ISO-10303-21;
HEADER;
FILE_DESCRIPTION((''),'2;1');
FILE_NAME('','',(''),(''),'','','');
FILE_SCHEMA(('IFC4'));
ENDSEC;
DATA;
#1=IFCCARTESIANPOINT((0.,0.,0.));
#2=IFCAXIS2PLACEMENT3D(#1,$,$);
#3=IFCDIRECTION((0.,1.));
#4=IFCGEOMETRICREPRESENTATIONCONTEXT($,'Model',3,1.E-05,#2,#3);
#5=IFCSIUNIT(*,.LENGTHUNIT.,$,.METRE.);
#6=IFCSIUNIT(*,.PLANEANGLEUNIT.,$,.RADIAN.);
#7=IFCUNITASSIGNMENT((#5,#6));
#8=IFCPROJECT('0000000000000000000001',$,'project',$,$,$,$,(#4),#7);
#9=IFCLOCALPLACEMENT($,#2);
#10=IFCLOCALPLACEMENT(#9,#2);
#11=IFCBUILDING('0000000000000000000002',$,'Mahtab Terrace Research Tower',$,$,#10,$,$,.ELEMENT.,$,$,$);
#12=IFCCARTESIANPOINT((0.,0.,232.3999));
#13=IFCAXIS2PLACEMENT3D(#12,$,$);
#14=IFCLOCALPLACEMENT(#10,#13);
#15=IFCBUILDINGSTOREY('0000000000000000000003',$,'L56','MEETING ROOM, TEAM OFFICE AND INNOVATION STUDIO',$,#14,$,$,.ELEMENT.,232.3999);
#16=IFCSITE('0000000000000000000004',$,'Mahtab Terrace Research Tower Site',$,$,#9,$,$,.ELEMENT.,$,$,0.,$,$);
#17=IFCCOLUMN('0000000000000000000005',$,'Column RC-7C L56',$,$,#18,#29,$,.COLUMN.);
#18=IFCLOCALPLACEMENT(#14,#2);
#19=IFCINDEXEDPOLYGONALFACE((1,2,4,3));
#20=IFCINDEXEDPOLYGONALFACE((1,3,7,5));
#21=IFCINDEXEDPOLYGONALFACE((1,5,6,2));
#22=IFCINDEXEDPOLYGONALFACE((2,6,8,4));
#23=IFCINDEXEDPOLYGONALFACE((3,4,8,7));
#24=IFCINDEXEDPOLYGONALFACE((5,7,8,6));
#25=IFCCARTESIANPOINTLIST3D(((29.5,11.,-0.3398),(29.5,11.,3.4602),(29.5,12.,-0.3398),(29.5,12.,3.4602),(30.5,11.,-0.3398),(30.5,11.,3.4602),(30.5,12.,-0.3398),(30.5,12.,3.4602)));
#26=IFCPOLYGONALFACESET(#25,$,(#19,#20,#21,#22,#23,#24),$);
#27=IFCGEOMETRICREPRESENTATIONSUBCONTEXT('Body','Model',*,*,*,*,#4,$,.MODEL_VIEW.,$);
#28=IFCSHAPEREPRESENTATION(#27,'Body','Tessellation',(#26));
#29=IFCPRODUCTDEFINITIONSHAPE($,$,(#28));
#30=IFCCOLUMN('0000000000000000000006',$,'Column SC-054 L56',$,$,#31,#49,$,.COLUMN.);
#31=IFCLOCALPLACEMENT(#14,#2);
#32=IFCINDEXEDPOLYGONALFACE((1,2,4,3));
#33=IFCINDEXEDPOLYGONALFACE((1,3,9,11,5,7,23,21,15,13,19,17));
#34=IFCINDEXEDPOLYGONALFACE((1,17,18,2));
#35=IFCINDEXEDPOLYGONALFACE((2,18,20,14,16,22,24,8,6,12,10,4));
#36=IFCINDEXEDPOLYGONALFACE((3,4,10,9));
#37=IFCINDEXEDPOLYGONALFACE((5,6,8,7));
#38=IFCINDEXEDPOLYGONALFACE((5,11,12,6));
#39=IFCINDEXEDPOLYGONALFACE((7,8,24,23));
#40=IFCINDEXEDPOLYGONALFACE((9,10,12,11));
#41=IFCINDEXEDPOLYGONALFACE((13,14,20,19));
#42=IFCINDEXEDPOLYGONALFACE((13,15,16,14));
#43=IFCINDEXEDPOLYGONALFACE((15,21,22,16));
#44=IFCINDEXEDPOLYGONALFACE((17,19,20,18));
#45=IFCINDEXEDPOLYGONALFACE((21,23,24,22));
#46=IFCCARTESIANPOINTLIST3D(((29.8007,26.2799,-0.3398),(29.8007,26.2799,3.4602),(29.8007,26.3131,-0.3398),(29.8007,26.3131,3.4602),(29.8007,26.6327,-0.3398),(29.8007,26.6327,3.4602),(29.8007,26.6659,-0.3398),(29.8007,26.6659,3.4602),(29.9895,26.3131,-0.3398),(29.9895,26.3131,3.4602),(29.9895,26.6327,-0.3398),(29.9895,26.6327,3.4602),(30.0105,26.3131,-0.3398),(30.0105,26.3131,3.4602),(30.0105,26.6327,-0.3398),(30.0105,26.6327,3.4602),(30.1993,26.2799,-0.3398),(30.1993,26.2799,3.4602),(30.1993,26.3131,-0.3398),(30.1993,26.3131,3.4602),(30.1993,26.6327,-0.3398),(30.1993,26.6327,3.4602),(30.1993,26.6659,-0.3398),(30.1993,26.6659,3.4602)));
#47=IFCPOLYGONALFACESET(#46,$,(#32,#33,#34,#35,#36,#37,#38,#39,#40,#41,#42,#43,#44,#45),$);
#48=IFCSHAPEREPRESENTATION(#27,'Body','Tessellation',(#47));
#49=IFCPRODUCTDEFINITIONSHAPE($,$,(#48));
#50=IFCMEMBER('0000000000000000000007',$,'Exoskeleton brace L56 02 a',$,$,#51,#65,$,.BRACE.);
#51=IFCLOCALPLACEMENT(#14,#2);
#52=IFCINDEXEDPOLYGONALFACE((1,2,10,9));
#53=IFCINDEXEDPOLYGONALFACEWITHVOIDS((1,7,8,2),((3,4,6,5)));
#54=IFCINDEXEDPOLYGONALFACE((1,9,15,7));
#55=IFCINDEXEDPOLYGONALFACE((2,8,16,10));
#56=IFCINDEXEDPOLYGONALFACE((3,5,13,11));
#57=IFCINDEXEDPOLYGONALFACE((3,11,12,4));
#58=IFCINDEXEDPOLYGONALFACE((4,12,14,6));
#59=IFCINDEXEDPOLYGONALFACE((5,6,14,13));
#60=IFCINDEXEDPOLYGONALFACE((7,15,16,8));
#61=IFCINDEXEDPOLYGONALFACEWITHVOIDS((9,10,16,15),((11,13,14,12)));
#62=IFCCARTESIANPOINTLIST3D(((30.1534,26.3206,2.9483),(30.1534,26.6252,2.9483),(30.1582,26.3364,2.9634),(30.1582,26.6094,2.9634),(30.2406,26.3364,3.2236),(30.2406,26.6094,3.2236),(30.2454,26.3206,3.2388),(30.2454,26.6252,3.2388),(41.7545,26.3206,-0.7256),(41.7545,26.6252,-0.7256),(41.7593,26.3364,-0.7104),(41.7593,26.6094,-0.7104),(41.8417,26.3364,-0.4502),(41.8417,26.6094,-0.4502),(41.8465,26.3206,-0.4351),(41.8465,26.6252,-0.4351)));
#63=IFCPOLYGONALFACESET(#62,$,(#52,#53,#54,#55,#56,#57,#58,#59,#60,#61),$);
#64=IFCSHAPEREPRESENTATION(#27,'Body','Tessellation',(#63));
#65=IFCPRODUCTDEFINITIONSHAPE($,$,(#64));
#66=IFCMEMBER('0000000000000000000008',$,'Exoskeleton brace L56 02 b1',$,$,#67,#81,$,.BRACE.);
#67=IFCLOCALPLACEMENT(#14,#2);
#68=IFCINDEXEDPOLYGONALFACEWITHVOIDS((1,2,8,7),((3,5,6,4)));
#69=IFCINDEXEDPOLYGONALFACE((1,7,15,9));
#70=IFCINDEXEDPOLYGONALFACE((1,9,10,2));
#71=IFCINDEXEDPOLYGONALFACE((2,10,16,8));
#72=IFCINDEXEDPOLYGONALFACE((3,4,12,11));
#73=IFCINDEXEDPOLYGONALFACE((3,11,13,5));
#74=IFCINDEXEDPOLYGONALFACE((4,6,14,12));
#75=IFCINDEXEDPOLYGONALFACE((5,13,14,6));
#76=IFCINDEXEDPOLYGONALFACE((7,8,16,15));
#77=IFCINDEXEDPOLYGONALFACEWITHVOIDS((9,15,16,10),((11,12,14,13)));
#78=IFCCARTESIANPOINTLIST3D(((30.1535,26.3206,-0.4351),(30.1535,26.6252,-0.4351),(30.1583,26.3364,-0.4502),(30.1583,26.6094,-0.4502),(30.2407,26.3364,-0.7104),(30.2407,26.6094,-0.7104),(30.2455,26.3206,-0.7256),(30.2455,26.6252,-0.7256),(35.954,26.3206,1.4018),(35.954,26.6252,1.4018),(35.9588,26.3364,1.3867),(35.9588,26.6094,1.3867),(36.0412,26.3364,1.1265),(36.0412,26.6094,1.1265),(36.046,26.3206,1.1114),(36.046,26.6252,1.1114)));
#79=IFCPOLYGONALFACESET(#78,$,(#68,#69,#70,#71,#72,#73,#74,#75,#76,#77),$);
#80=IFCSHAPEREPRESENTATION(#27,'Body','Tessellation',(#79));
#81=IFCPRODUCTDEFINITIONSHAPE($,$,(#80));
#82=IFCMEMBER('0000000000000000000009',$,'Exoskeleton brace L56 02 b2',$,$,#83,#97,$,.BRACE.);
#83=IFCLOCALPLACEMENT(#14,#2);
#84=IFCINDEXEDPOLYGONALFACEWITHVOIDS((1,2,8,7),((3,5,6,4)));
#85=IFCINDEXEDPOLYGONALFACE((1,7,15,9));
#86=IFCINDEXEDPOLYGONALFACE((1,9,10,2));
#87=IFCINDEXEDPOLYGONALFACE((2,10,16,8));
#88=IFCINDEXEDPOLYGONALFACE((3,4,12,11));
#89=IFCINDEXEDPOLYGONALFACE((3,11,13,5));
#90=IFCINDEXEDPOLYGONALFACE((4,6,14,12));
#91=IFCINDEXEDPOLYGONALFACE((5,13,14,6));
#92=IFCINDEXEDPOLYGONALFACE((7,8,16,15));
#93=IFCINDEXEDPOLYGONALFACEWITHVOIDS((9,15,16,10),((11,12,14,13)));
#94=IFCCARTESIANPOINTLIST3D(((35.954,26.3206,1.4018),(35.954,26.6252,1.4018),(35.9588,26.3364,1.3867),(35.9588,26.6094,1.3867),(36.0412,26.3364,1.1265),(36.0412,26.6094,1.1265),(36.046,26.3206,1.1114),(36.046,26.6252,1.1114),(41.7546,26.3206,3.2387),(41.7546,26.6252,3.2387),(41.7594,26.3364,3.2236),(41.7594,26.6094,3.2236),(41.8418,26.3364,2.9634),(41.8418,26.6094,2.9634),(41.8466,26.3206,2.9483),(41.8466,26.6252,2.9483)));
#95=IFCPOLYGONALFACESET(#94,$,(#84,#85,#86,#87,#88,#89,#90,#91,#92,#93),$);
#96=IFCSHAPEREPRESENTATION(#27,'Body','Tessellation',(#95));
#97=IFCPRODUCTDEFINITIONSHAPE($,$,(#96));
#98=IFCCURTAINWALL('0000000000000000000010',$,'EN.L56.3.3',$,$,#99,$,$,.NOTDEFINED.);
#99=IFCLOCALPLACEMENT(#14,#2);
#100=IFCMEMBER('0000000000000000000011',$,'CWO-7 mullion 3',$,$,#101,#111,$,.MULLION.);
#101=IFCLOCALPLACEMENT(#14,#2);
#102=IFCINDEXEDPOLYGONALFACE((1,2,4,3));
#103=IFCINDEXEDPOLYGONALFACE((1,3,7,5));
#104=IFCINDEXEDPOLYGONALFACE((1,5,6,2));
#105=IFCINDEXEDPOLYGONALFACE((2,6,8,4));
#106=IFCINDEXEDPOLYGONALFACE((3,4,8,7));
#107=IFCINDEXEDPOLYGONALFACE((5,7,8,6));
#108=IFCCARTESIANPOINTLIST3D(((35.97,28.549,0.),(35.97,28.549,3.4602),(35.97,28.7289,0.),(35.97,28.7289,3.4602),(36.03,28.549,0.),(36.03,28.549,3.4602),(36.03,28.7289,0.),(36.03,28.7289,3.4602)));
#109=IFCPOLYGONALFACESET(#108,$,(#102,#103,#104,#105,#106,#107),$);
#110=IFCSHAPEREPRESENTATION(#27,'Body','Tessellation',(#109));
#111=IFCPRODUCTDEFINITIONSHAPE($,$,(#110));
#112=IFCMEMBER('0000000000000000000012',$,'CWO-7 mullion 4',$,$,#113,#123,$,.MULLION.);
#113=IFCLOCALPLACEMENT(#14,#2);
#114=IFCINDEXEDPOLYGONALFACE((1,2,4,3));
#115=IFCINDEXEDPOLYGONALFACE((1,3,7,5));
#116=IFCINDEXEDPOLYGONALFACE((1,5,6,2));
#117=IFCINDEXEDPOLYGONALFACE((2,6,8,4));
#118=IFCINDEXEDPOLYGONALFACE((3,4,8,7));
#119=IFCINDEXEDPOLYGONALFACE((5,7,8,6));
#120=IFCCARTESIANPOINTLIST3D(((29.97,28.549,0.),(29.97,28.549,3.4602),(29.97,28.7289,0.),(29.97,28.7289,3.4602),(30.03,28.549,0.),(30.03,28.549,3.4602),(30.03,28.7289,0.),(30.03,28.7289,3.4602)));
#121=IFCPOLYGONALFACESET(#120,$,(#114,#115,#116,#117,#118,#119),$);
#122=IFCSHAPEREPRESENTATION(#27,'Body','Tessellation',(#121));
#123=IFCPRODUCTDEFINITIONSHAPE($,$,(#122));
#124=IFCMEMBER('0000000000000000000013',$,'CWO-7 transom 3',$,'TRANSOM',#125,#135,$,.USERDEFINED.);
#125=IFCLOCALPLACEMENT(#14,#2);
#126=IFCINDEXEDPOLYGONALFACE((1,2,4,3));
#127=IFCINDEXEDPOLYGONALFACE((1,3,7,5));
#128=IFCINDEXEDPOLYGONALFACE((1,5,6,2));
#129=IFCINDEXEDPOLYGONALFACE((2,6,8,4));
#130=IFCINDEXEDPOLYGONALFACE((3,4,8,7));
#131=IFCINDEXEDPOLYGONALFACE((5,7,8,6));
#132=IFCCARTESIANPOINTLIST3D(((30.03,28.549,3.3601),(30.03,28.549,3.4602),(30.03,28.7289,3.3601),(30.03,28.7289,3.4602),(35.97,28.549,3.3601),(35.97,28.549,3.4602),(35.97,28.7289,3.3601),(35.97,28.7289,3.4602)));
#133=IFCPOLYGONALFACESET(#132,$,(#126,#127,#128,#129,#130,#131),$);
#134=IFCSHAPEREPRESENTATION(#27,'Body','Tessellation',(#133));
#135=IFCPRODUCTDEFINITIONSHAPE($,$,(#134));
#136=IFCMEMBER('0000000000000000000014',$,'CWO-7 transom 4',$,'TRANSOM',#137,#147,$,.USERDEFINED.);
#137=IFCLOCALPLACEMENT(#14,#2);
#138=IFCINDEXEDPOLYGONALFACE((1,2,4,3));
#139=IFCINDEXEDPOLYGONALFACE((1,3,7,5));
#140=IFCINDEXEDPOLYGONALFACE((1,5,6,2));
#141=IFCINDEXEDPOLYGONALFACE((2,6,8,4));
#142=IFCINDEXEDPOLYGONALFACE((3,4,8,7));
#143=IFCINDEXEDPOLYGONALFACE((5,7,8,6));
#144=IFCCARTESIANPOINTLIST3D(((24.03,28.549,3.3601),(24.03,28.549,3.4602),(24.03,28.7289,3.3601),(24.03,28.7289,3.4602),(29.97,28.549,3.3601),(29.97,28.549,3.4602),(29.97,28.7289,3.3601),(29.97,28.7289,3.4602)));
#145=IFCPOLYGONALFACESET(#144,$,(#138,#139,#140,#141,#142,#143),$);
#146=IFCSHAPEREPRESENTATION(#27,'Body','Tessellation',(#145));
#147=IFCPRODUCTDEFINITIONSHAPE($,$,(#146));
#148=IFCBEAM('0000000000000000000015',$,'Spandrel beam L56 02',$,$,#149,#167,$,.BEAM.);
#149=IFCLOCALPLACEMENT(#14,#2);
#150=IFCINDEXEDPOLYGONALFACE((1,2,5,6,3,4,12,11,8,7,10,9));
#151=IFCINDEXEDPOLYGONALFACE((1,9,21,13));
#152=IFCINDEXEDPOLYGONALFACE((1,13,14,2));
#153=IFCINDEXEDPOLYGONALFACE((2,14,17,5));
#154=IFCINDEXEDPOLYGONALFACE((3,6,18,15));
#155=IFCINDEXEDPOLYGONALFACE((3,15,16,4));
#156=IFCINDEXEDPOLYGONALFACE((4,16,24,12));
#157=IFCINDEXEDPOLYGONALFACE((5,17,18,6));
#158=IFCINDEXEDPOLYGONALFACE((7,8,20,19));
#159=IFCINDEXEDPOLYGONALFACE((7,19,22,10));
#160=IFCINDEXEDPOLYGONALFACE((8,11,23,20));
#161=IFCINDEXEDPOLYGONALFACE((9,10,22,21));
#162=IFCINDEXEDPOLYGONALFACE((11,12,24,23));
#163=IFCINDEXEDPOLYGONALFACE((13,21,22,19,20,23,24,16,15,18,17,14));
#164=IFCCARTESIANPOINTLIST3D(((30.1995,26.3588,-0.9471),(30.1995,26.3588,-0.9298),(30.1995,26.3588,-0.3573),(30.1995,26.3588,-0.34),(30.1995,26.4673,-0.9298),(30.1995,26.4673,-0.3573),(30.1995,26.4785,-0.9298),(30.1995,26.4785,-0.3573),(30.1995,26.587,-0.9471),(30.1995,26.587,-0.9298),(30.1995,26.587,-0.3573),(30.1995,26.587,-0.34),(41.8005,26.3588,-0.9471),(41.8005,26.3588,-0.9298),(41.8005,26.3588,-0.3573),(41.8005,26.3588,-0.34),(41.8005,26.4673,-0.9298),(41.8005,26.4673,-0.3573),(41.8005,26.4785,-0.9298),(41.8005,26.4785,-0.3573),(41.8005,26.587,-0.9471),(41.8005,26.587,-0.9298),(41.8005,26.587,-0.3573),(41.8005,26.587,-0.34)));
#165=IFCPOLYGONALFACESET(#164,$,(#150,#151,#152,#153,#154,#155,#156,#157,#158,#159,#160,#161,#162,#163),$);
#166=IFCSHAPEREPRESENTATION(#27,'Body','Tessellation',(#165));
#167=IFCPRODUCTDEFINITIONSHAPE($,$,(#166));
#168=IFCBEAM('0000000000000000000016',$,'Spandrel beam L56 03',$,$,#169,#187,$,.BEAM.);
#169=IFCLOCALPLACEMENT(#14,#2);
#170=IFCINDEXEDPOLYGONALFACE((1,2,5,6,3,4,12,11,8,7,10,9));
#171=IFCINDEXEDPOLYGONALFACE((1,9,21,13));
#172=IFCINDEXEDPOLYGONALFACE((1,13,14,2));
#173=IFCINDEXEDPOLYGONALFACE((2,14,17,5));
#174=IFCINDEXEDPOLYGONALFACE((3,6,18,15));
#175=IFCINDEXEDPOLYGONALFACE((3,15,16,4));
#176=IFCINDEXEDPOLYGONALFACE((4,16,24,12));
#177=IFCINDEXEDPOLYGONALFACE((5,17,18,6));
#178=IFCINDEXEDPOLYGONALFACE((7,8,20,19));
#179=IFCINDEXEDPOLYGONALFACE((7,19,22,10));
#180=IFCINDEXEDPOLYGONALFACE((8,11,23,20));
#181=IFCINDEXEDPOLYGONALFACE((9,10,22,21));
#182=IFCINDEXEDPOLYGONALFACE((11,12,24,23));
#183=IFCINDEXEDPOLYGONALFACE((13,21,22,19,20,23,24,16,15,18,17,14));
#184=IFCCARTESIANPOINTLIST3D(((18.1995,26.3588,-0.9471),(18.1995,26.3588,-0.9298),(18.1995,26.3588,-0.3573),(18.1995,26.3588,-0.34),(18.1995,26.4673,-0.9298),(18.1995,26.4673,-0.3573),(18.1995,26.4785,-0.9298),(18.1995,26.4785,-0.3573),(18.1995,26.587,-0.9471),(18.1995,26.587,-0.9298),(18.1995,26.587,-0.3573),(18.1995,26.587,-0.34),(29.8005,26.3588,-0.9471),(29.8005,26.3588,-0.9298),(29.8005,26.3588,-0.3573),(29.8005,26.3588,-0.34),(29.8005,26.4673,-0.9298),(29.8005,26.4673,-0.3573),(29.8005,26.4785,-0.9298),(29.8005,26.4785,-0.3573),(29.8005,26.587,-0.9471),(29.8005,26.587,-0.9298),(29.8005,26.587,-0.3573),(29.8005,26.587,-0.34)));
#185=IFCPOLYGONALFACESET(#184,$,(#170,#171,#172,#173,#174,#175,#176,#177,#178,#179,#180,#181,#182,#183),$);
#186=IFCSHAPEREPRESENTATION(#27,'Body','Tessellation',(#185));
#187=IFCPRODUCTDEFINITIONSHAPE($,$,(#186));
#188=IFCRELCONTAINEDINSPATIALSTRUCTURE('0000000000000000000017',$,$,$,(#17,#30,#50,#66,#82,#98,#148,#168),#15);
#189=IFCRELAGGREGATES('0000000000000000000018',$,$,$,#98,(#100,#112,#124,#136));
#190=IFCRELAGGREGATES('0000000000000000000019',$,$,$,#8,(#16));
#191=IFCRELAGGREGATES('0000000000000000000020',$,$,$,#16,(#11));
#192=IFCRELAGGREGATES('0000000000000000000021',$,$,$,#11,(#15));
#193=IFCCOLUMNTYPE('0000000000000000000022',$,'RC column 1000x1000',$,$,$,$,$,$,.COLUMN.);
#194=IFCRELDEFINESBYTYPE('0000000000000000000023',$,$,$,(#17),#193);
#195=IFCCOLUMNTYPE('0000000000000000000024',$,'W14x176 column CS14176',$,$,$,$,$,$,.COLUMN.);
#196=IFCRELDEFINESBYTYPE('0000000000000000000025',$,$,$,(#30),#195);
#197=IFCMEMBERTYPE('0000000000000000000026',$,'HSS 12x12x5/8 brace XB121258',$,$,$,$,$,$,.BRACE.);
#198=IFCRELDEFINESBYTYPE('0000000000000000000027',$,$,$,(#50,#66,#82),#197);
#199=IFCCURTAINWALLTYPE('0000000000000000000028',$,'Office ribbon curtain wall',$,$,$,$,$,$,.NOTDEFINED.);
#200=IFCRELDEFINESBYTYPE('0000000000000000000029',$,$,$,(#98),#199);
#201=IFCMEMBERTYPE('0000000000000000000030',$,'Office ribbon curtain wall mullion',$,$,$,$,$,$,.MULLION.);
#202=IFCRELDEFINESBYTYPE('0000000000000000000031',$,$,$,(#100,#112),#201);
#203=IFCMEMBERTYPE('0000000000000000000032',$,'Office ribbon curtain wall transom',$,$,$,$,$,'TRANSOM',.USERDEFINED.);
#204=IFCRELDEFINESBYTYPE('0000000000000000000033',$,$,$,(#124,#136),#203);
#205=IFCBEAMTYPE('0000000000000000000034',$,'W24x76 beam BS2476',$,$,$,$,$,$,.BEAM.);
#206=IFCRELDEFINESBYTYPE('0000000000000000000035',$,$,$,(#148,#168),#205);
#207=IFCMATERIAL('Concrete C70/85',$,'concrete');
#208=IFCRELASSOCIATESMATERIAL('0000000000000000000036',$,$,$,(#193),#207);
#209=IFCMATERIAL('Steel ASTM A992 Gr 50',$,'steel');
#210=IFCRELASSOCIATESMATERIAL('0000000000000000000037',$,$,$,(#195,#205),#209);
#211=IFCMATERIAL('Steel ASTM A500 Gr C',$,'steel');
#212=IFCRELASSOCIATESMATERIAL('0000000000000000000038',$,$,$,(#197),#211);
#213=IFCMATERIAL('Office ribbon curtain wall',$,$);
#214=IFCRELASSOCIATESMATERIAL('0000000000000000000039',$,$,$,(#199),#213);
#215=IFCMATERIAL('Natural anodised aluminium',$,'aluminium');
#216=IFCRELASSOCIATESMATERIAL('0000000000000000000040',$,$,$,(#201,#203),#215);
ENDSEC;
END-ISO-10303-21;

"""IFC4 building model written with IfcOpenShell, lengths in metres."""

from ifc_helpers import new_model, si_unit, direction, frame, origin, origin_2d, place, context, subcontext, project, spatial, rectangle, hollow_rectangle, i_section, extrude, material, material_profile, profile_set, type_object, element, aggregate, save


model = new_model("IFC4")

# Units and contexts
model_context = context("Model", 3, precision=1e-05, world=origin(), true_north=direction((0.0, 1.0)))
body_context = subcontext(model_context, "Body", "Model", "MODEL_VIEW")
ifc_project = project(units=[si_unit("LENGTHUNIT", "METRE"), si_unit("PLANEANGLEUNIT", "RADIAN")], contexts=[model_context])

# Site, building, storey
site_placement = place(None, origin())
site = spatial("IfcSite", under=ifc_project, at=site_placement, Name="Mahtab Terrace Research Tower Site", CompositionType="ELEMENT", RefElevation=0.0)
building_placement = place(site_placement, origin())
building = spatial("IfcBuilding", under=site, at=building_placement, Name="Mahtab Terrace Research Tower", CompositionType="ELEMENT")
storey_placement = place(building_placement, frame((0.0, 0.0, 232.3999)))
storey = spatial("IfcBuildingStorey", under=building, at=storey_placement, Name="L56", Description="MEETING ROOM, TEAM OFFICE AND INNOVATION STUDIO", CompositionType="ELEMENT", Elevation=232.3999)

# Columns
ifc_material_1 = material(Name="Concrete C70/85", Category="concrete")
ifc_material_profile_1 = material_profile(ifc_material_1, rectangle(XDim=1.0, YDim=1.0, at=origin_2d()), Name="RC column 1000x1000")
ifc_profile_set_1 = profile_set([ifc_material_profile_1], Name="Concrete C70/85")
column_type_1 = type_object("IfcColumnType", Name="RC column 1000x1000", PredefinedType="COLUMN", material=ifc_profile_set_1)
column_1_placement = place(storey_placement, frame((30.0, 11.5, -0.3398), z_axis=(0.0, 0.0, 1.0), x_axis=(1.0, 0.0, 0.0)))
element("IfcColumn", 1, at=column_1_placement, inside=storey, type_object=column_type_1, Name="Column RC-7C L56", PredefinedType="COLUMN", context=body_context, shape_type="SweptSolid", body=[
    extrude(rectangle(XDim=1.0, YDim=1.0, at=origin_2d()), origin(), (0.0, 0.0, 1.0), 3.8),
])
ifc_material_2 = material(Name="Steel ASTM A992 Gr 50", Category="steel")
ifc_material_profile_2 = material_profile(ifc_material_2, i_section(OverallWidth=0.3987, OverallDepth=0.386, WebThickness=0.021, FlangeThickness=0.0332, at=origin_2d()), Name="W14X176")
ifc_profile_set_2 = profile_set([ifc_material_profile_2], Name="Steel ASTM A992 Gr 50")
column_type_2 = type_object("IfcColumnType", Name="W14x176 column CS14176", PredefinedType="COLUMN", material=ifc_profile_set_2)
column_2_placement = place(storey_placement, frame((30.0, 26.4729, -0.3398), z_axis=(0.0, 0.0, 1.0), x_axis=(1.0, 0.0, 0.0)))
element("IfcColumn", 2, at=column_2_placement, inside=storey, type_object=column_type_2, Name="Column SC-054 L56", PredefinedType="COLUMN", context=body_context, shape_type="SweptSolid", body=[
    extrude(i_section(OverallWidth=0.3987, OverallDepth=0.386, WebThickness=0.021, FlangeThickness=0.0332, at=origin_2d()), origin(), (0.0, 0.0, 1.0), 3.8),
])

# Members
ifc_material_3 = material(Name="Steel ASTM A500 Gr C", Category="steel")
ifc_material_profile_3 = material_profile(ifc_material_3, hollow_rectangle(XDim=0.3047, YDim=0.3047, WallThickness=0.0159, at=origin_2d()), Name="HSS12X12X5/8")
ifc_profile_set_3 = profile_set([ifc_material_profile_3], Name="Steel ASTM A500 Gr C")
member_type_1 = type_object("IfcMemberType", Name="HSS 12x12x5/8 brace XB121258", PredefinedType="BRACE", material=ifc_profile_set_3)
member_1_placement = place(storey_placement, frame((41.8005, 26.4729, -0.5803), z_axis=(-0.953339, 0.0, 0.301903), x_axis=(0.0, -1.0, 0.0)))
element("IfcMember", 3, at=member_1_placement, inside=storey, type_object=member_type_1, Name="Exoskeleton brace L56 02 a", PredefinedType="BRACE", context=body_context, shape_type="SweptSolid", body=[
    extrude(hollow_rectangle(XDim=0.3047, YDim=0.3047, WallThickness=0.0159, at=origin_2d()), origin(), (0.0, 0.0, 1.0), 12.1689),
])
for number, where, z_axis, x_axis, name in (
    (4, (30.1995, 26.4729, -0.5803), (0.953339, 0.0, 0.301903), (0.0, 1.0, 0.0), "Exoskeleton brace L56 02 b1"),
    (5, (36.0, 26.4729, 1.2566), (0.953339, 0.0, 0.301903), (0.0, 1.0, 0.0), "Exoskeleton brace L56 02 b2"),
):
    element("IfcMember", number, at=place(storey_placement, frame(where, z_axis=z_axis, x_axis=x_axis)), inside=storey, type_object=member_type_1, Name=name, PredefinedType="BRACE", context=body_context, shape_type="SweptSolid", body=[
        extrude(hollow_rectangle(XDim=0.3047, YDim=0.3047, WallThickness=0.0159, at=origin_2d()), origin(), (0.0, 0.0, 1.0), 6.0845),
    ])

# Curtain wall, members
ifc_material_4 = material(Name="Office ribbon curtain wall")
curtain_wall_type = type_object("IfcCurtainWallType", Name="Office ribbon curtain wall", PredefinedType="NOTDEFINED", material=ifc_material_4)
curtain_wall_placement = place(storey_placement, origin())
curtain_wall = element("IfcCurtainWall", 6, at=curtain_wall_placement, inside=storey, type_object=curtain_wall_type, Name="EN.L56.3.3", PredefinedType="NOTDEFINED")
ifc_material_5 = material(Name="Natural anodised aluminium", Category="aluminium")
ifc_material_profile_4 = material_profile(ifc_material_5, rectangle(XDim=0.1799, YDim=0.0601, at=origin_2d()), Name="MULLION 60x180")
ifc_profile_set_4 = profile_set([ifc_material_profile_4], Name="Natural anodised aluminium")
member_type_2 = type_object("IfcMemberType", Name="Office ribbon curtain wall mullion", PredefinedType="MULLION", material=ifc_profile_set_4)
member_2_placement = place(storey_placement, frame((36.0, 28.6389, 0.0), z_axis=(0.0, 0.0, 1.0), x_axis=(0.0, -1.0, 0.0)))
member_2 = element("IfcMember", 7, at=member_2_placement, type_object=member_type_2, Name="CWO-7 mullion 3", PredefinedType="MULLION", context=body_context, shape_type="SweptSolid", body=[
    extrude(rectangle(XDim=0.1799, YDim=0.0601, at=origin_2d()), origin(), (0.0, 0.0, 1.0), 3.4602),
])
member_3_placement = place(storey_placement, frame((30.0, 28.6389, 0.0), z_axis=(0.0, 0.0, 1.0), x_axis=(0.0, -1.0, 0.0)))
member_3 = element("IfcMember", 8, at=member_3_placement, type_object=member_type_2, Name="CWO-7 mullion 4", PredefinedType="MULLION", context=body_context, shape_type="SweptSolid", body=[
    extrude(rectangle(XDim=0.1799, YDim=0.0601, at=origin_2d()), origin(), (0.0, 0.0, 1.0), 3.4602),
])
ifc_material_profile_5 = material_profile(ifc_material_5, rectangle(XDim=0.1799, YDim=0.1001, at=origin_2d()), Name="TRANSOM 100x180")
ifc_profile_set_5 = profile_set([ifc_material_profile_5], Name="Natural anodised aluminium")
member_type_3 = type_object("IfcMemberType", Name="Office ribbon curtain wall transom", ElementType="TRANSOM", PredefinedType="USERDEFINED", material=ifc_profile_set_5)
member_4_placement = place(storey_placement, frame((35.97, 28.6389, 3.4102), z_axis=(-1.0, 0.0, 0.0), x_axis=(0.0, -1.0, 0.0)))
member_4 = element("IfcMember", 9, at=member_4_placement, type_object=member_type_3, Name="CWO-7 transom 3", ObjectType="TRANSOM", PredefinedType="USERDEFINED", context=body_context, shape_type="SweptSolid", body=[
    extrude(rectangle(XDim=0.1799, YDim=0.1001, at=origin_2d()), origin(), (0.0, 0.0, 1.0), 5.9399),
])
member_5_placement = place(storey_placement, frame((29.97, 28.6389, 3.4102), z_axis=(-1.0, 0.0, 0.0), x_axis=(0.0, -1.0, 0.0)))
member_5 = element("IfcMember", 10, at=member_5_placement, type_object=member_type_3, Name="CWO-7 transom 4", ObjectType="TRANSOM", PredefinedType="USERDEFINED", context=body_context, shape_type="SweptSolid", body=[
    extrude(rectangle(XDim=0.1799, YDim=0.1001, at=origin_2d()), origin(), (0.0, 0.0, 1.0), 5.9399),
])

# Beams
ifc_material_profile_6 = material_profile(ifc_material_2, i_section(OverallWidth=0.2283, OverallDepth=0.6072, WebThickness=0.0112, FlangeThickness=0.0173, at=origin_2d()), Name="W24X76")
ifc_profile_set_6 = profile_set([ifc_material_profile_6], Name="Steel ASTM A992 Gr 50")
beam_type = type_object("IfcBeamType", Name="W24x76 beam BS2476", PredefinedType="BEAM", material=ifc_profile_set_6)
for number, where, z_axis, x_axis, name in (
    (11, (41.8005, 26.4729, -0.6436), (-1.0, 0.0, 0.0), (0.0, -1.0, 0.0), "Spandrel beam L56 02"),
    (12, (29.8005, 26.4729, -0.6436), (-1.0, 0.0, 0.0), (0.0, -1.0, 0.0), "Spandrel beam L56 03"),
):
    element("IfcBeam", number, at=place(storey_placement, frame(where, z_axis=z_axis, x_axis=x_axis)), inside=storey, type_object=beam_type, Name=name, PredefinedType="BEAM", context=body_context, shape_type="SweptSolid", body=[
        extrude(i_section(OverallWidth=0.2283, OverallDepth=0.6072, WebThickness=0.0112, FlangeThickness=0.0173, at=origin_2d()), origin(), (0.0, 0.0, 1.0), 11.6011),
    ])

aggregate(curtain_wall, [member_2, member_3, member_4, member_5])

save(model, "model.ifc")
